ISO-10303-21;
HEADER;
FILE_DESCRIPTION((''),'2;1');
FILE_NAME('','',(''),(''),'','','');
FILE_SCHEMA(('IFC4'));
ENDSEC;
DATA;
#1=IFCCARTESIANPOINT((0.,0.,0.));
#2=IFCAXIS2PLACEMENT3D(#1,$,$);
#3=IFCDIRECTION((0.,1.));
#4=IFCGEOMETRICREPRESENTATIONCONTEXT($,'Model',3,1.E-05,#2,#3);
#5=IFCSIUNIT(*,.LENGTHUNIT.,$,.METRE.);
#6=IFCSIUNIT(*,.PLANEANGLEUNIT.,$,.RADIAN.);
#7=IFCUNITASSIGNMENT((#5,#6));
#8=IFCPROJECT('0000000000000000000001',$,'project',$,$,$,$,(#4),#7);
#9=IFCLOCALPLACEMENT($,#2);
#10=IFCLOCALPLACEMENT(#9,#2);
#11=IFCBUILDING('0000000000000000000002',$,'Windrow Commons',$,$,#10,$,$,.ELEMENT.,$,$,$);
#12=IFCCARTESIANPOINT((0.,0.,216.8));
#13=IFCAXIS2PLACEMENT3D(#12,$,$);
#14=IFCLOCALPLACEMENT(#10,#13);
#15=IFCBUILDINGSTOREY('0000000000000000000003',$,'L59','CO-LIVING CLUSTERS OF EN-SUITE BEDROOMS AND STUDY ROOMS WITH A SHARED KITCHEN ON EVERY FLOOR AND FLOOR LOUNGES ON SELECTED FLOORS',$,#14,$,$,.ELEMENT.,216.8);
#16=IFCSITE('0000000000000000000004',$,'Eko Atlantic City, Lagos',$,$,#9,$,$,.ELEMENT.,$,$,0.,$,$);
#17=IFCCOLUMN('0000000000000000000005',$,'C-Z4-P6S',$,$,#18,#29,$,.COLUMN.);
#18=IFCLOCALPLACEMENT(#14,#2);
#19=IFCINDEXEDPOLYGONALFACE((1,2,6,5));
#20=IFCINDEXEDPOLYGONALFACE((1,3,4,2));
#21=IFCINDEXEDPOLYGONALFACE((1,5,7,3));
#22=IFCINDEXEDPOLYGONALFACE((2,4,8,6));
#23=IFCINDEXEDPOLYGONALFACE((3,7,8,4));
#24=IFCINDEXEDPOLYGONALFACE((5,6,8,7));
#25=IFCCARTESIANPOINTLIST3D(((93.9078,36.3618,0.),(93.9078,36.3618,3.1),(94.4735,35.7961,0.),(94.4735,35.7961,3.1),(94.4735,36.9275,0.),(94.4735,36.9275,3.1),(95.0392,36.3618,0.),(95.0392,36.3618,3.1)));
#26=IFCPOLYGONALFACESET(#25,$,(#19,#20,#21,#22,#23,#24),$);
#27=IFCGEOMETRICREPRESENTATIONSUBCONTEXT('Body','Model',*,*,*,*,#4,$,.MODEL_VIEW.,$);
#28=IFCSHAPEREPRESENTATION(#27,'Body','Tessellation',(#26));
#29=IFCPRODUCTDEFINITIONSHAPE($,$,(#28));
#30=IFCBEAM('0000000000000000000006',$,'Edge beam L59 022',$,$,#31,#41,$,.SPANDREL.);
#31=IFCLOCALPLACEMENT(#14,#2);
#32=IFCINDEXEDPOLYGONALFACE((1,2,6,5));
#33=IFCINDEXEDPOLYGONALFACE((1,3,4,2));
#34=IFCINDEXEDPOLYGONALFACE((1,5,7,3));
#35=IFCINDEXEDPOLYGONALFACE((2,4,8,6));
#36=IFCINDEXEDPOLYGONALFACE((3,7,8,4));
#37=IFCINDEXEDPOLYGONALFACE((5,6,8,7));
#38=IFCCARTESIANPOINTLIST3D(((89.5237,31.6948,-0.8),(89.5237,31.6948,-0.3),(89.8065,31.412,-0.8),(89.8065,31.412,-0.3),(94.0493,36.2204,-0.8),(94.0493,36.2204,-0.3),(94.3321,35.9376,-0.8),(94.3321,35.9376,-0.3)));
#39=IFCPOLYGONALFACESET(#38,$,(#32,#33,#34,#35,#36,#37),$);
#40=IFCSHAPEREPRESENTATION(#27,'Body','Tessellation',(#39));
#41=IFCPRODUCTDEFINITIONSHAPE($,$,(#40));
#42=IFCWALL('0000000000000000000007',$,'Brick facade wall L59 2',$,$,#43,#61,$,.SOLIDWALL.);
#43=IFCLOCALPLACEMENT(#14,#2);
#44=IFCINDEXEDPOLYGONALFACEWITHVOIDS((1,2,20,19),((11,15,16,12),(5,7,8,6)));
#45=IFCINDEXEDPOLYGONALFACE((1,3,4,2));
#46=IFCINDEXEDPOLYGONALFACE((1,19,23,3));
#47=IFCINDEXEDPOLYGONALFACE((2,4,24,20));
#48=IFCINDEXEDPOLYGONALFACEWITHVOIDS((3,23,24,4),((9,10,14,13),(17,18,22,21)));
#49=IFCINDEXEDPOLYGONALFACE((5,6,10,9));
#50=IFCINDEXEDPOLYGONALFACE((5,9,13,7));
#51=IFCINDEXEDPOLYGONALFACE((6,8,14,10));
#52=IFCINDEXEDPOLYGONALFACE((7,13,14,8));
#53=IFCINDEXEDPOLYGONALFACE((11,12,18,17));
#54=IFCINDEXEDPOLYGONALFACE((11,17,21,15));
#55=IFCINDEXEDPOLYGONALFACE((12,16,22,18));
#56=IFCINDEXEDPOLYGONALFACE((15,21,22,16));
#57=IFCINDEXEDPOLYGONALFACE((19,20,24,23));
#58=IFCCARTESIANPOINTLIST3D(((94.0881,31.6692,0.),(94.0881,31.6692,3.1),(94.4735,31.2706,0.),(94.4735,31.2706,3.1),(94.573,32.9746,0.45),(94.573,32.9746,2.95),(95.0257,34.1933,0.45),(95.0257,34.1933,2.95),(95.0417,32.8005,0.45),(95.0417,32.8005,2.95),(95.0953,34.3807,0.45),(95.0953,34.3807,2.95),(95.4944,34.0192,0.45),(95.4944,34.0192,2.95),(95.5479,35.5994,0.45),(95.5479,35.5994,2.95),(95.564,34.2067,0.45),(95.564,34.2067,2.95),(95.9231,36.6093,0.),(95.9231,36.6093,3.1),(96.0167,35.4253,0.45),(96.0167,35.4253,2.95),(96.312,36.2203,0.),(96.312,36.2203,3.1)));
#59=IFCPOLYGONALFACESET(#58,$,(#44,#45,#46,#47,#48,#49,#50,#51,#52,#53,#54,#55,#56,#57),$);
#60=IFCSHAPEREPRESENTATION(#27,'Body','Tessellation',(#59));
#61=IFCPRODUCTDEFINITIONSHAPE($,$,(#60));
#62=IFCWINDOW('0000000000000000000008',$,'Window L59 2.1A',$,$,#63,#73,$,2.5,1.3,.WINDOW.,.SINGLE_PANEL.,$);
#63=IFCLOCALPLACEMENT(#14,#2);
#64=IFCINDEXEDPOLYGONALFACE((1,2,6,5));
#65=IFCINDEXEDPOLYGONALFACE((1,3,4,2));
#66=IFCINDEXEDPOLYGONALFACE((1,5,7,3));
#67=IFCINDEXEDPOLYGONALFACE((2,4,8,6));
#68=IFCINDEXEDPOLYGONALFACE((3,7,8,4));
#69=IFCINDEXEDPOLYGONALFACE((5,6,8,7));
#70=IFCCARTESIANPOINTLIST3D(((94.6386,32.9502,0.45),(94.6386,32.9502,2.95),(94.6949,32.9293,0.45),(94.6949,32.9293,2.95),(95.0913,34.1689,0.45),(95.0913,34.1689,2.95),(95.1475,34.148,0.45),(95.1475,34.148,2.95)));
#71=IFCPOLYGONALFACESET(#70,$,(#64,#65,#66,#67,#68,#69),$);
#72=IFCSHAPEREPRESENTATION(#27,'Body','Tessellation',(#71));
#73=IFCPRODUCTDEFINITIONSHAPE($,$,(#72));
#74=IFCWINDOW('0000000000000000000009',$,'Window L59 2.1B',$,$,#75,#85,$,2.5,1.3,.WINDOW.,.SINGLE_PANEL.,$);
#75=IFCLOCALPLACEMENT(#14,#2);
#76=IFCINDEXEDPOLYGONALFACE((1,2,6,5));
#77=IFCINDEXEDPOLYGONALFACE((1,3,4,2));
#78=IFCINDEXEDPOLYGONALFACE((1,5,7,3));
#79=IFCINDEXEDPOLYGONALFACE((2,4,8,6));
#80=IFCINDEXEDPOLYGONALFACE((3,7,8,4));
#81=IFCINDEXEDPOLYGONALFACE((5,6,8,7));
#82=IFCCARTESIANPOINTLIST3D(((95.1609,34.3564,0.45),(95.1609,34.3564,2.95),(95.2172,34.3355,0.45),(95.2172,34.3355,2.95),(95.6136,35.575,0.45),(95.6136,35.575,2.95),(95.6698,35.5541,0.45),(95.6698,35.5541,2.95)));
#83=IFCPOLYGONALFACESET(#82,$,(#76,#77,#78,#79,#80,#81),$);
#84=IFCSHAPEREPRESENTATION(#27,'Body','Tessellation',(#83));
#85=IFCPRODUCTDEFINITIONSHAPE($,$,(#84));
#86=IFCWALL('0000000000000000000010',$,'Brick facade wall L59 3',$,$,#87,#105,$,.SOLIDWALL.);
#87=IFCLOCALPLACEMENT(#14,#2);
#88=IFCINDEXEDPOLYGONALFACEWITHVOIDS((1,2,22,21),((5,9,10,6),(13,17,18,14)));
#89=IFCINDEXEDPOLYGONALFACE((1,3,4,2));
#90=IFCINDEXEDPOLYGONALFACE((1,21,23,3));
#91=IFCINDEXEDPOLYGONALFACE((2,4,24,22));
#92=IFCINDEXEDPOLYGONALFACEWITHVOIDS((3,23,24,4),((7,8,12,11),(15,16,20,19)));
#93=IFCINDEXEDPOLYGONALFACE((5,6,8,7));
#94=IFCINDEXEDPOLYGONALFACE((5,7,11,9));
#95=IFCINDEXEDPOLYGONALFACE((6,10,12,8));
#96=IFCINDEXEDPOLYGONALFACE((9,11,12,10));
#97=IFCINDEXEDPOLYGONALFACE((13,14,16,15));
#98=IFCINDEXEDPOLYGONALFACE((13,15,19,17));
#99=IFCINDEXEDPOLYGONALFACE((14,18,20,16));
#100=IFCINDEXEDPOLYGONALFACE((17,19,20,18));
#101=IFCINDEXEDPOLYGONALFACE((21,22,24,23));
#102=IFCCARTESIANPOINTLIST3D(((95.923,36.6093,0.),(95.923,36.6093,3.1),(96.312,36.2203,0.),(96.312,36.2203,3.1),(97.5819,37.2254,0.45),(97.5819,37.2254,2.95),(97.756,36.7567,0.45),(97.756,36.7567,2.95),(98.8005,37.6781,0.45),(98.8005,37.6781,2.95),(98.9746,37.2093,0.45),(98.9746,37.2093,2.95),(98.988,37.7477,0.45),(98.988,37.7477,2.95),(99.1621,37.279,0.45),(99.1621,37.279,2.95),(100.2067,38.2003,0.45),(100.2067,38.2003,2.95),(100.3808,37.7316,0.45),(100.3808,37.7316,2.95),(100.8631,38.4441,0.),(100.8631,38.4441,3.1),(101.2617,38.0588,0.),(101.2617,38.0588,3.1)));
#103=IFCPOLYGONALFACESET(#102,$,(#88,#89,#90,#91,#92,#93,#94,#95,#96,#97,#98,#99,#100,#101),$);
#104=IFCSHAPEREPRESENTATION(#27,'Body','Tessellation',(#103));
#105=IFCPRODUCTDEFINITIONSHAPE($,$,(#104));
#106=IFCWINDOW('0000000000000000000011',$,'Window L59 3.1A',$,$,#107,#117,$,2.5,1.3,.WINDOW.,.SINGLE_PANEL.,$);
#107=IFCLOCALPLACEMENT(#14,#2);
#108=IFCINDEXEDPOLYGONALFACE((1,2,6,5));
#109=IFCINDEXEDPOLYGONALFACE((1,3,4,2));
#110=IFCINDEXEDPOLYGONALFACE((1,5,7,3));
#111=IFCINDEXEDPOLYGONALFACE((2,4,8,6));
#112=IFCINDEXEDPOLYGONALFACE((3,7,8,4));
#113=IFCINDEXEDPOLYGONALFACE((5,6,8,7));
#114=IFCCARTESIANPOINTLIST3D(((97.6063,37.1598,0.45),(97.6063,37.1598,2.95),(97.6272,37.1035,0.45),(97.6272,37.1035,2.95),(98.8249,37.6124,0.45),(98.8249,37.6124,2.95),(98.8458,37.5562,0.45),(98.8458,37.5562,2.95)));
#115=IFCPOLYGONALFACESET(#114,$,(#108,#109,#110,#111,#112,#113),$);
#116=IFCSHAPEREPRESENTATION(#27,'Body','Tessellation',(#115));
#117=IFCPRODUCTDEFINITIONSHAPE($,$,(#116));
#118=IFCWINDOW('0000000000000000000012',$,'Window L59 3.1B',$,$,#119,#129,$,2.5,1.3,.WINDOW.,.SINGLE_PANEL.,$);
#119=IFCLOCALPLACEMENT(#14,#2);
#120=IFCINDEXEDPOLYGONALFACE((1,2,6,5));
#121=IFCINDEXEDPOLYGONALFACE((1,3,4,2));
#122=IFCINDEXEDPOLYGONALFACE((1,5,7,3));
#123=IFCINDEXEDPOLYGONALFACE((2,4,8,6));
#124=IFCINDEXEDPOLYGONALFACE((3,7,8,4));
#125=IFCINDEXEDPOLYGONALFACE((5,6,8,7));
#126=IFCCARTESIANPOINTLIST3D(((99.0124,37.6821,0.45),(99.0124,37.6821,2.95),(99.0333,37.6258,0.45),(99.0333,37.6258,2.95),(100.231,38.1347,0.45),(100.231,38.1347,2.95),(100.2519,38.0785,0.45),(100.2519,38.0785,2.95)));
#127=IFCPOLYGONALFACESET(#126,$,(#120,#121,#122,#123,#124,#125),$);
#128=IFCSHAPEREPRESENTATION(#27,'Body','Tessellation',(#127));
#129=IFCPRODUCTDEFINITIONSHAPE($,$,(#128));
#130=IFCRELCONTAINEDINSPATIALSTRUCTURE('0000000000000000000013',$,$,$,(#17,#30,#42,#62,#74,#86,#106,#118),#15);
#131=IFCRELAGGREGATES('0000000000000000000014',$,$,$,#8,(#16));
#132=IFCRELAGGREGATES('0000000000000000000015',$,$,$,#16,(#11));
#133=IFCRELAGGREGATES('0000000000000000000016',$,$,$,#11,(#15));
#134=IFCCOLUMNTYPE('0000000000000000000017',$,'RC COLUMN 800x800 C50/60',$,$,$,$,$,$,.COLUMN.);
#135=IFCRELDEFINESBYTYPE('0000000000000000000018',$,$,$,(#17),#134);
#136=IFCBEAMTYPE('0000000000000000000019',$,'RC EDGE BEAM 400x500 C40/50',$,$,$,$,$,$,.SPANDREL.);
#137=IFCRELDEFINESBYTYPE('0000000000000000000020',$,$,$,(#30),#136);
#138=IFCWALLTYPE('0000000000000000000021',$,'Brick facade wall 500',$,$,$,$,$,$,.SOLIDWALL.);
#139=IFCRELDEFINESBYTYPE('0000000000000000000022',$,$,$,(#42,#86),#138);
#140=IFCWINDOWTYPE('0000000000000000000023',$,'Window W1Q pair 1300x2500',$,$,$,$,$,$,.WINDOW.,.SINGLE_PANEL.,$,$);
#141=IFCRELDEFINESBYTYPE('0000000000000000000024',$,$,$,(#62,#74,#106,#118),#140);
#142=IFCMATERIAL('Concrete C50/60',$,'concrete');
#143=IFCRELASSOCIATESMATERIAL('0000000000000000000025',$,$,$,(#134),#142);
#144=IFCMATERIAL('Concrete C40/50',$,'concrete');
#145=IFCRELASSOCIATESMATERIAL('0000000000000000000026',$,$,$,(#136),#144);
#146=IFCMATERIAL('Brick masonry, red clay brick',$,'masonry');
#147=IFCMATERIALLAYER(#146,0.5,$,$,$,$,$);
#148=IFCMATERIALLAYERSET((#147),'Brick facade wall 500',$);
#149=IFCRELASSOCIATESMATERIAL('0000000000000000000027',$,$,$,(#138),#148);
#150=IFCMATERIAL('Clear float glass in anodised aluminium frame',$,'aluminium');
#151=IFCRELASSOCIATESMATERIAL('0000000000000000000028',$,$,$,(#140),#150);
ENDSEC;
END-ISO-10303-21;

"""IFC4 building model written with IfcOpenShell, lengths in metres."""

from ifc_helpers import new_model, si_unit, direction, frame, frame_2d, origin, origin_2d, place, context, subcontext, project, spatial, polyline, rectangle, outline, extrude, material, layer, layer_set, material_profile, profile_set, type_object, element, fill, save


model = new_model("IFC4")

# Units and contexts
model_context = context("Model", 3, precision=1e-05, world=origin(), true_north=direction((0.0, 1.0)))
body_context = subcontext(model_context, "Body", "Model", "MODEL_VIEW")
ifc_project = project(units=[si_unit("LENGTHUNIT", "METRE"), si_unit("PLANEANGLEUNIT", "RADIAN")], contexts=[model_context])

# Site, building, storey
site_placement = place(None, origin())
site = spatial("IfcSite", under=ifc_project, at=site_placement, Name="Eko Atlantic City, Lagos", CompositionType="ELEMENT", RefElevation=0.0)
building_placement = place(site_placement, origin())
building = spatial("IfcBuilding", under=site, at=building_placement, Name="Windrow Commons", CompositionType="ELEMENT")
storey_placement = place(building_placement, frame((0.0, 0.0, 216.8)))
storey = spatial("IfcBuildingStorey", under=building, at=storey_placement, Name="L59", Description="CO-LIVING CLUSTERS OF EN-SUITE BEDROOMS AND STUDY ROOMS WITH A SHARED KITCHEN ON EVERY FLOOR AND FLOOR LOUNGES ON SELECTED FLOORS", CompositionType="ELEMENT", Elevation=216.8)

# Column
ifc_material_1 = material(Name="Concrete C50/60", Category="concrete")
ifc_material_profile_1 = material_profile(ifc_material_1, rectangle(XDim=0.8, YDim=0.8, at=origin_2d()))
ifc_profile_set_1 = profile_set([ifc_material_profile_1], Name="Concrete C50/60")
column_type = type_object("IfcColumnType", Name="RC COLUMN 800x800 C50/60", PredefinedType="COLUMN", material=ifc_profile_set_1)
column_placement = place(storey_placement, frame((94.4735, 36.3618, 0.0), z_axis=(0.0, 0.0, 1.0), x_axis=(0.707107, -0.707107, 0.0)))
element("IfcColumn", 1, at=column_placement, inside=storey, type_object=column_type, Name="C-Z4-P6S", PredefinedType="COLUMN", context=body_context, shape_type="SweptSolid", body=[
    extrude(rectangle(XDim=0.8, YDim=0.8, at=origin_2d()), origin(), (0.0, 0.0, 1.0), 3.1),
])

# Beam
ifc_material_2 = material(Name="Concrete C40/50", Category="concrete")
ifc_material_profile_2 = material_profile(ifc_material_2, rectangle(XDim=0.4, YDim=0.5, at=origin_2d()))
ifc_profile_set_2 = profile_set([ifc_material_profile_2], Name="Concrete C40/50")
beam_type = type_object("IfcBeamType", Name="RC EDGE BEAM 400x500 C40/50", PredefinedType="SPANDREL", material=ifc_profile_set_2)
beam_placement = place(storey_placement, frame((94.1907, 36.079, -0.55), z_axis=(-0.707107, -0.707107, 0.0), x_axis=(0.707107, -0.707107, 0.0)))
element("IfcBeam", 2, at=beam_placement, inside=storey, type_object=beam_type, Name="Edge beam L59 022", PredefinedType="SPANDREL", context=body_context, shape_type="SweptSolid", body=[
    extrude(rectangle(XDim=0.4, YDim=0.5, at=origin_2d()), origin(), (0.0, 0.0, 1.0), 6.4002),
])

# Walls, openings, windows
ifc_material_3 = material(Name="Brick masonry, red clay brick", Category="masonry")
ifc_layer_1 = layer(ifc_material_3, 0.5)
ifc_layer_set_1 = layer_set([ifc_layer_1], Name="Brick facade wall 500")
wall_type_1 = type_object("IfcWallType", Name="Brick facade wall 500", PredefinedType="SOLIDWALL", material=ifc_layer_set_1)
wall_1_placement = place(storey_placement, frame((94.2808, 31.4699, 0.0), z_axis=(0.0, 0.0, 1.0), x_axis=(0.34819, 0.937424, 0.0)))
wall_1 = element("IfcWall", 3, at=wall_1_placement, inside=storey, type_object=wall_type_1, Name="Brick facade wall L59 2", PredefinedType="SOLIDWALL", context=body_context, shape_type="SweptSolid", body=[
    extrude(outline(polyline([(-0.1197, -0.25), (5.1604, -0.25), (5.3896, 0.25), (0.1197, 0.25), (-0.1197, -0.25)])), origin(), (0.0, 0.0, 1.0), 3.1),
])
opening_1_placement = place(wall_1_placement, frame((1.5123, 0.0, 0.45)))
opening_1 = element("IfcOpeningElement", 4, at=opening_1_placement, cuts=wall_1, PredefinedType="OPENING", context=body_context, shape_type="SweptSolid", body=[
    extrude(rectangle(XDim=1.3, YDim=2.5, at=frame_2d((0.65, 1.25))), frame((0.0, 0.26, 0.0), z_axis=(0.0, -1.0, 0.0), x_axis=(1.0, 0.0, 0.0)), (0.0, 0.0, 1.0), 0.52),
])
opening_2_placement = place(wall_1_placement, frame((3.0123, 0.0, 0.45)))
opening_2 = element("IfcOpeningElement", 5, at=opening_2_placement, cuts=wall_1, PredefinedType="OPENING", context=body_context, shape_type="SweptSolid", body=[
    extrude(rectangle(XDim=1.3, YDim=2.5, at=frame_2d((0.65, 1.25))), frame((0.0, 0.26, 0.0), z_axis=(0.0, -1.0, 0.0), x_axis=(1.0, 0.0, 0.0)), (0.0, 0.0, 1.0), 0.52),
])
ifc_material_4 = material(Name="Clear float glass in anodised aluminium frame", Category="aluminium")
window_type = type_object("IfcWindowType", Name="Window W1Q pair 1300x2500", PartitioningType="SINGLE_PANEL", PredefinedType="WINDOW", material=ifc_material_4)
window_1_placement = place(opening_1_placement, origin())
window_1 = element("IfcWindow", 6, at=window_1_placement, inside=storey, type_object=window_type, Name="Window L59 2.1A", OverallHeight=2.5, OverallWidth=1.3, PartitioningType="SINGLE_PANEL", PredefinedType="WINDOW", context=body_context, shape_type="SweptSolid", body=[
    extrude(rectangle(XDim=1.3, YDim=2.5, at=frame_2d((0.65, 1.25))), frame((0.0, 0.18, 0.0), z_axis=(0.0, -1.0, 0.0), x_axis=(1.0, 0.0, 0.0)), (0.0, 0.0, 1.0), 0.06),
])
fill(opening_1, window_1)
window_2_placement = place(opening_2_placement, origin())
window_2 = element("IfcWindow", 7, at=window_2_placement, inside=storey, type_object=window_type, Name="Window L59 2.1B", OverallHeight=2.5, OverallWidth=1.3, PartitioningType="SINGLE_PANEL", PredefinedType="WINDOW", context=body_context, shape_type="SweptSolid", body=[
    extrude(rectangle(XDim=1.3, YDim=2.5, at=frame_2d((0.65, 1.25))), frame((0.0, 0.18, 0.0), z_axis=(0.0, -1.0, 0.0), x_axis=(1.0, 0.0, 0.0)), (0.0, 0.0, 1.0), 0.06),
])
fill(opening_2, window_2)
wall_2_placement = place(storey_placement, frame((96.1175, 36.4148, 0.0), z_axis=(0.0, 0.0, 1.0), x_axis=(0.937424, 0.34819, 0.0)))
wall_2 = element("IfcWall", 8, at=wall_2_placement, inside=storey, type_object=wall_type_1, Name="Brick facade wall L59 3", PredefinedType="SOLIDWALL", context=body_context, shape_type="SweptSolid", body=[
    extrude(outline(polyline([(0.1146, -0.25), (5.3947, -0.25), (5.1552, 0.25), (-0.1146, 0.25), (0.1146, -0.25)])), origin(), (0.0, 0.0, 1.0), 3.1),
])
opening_3_placement = place(wall_2_placement, frame((1.655, 0.0, 0.45)))
opening_3 = element("IfcOpeningElement", 9, at=opening_3_placement, cuts=wall_2, PredefinedType="OPENING", context=body_context, shape_type="SweptSolid", body=[
    extrude(rectangle(XDim=1.3, YDim=2.5, at=frame_2d((0.65, 1.25))), frame((0.0, 0.26, 0.0), z_axis=(0.0, -1.0, 0.0), x_axis=(1.0, 0.0, 0.0)), (0.0, 0.0, 1.0), 0.52),
])
opening_4_placement = place(wall_2_placement, frame((3.155, 0.0, 0.45)))
opening_4 = element("IfcOpeningElement", 10, at=opening_4_placement, cuts=wall_2, PredefinedType="OPENING", context=body_context, shape_type="SweptSolid", body=[
    extrude(rectangle(XDim=1.3, YDim=2.5, at=frame_2d((0.65, 1.25))), frame((0.0, 0.26, 0.0), z_axis=(0.0, -1.0, 0.0), x_axis=(1.0, 0.0, 0.0)), (0.0, 0.0, 1.0), 0.52),
])
window_3_placement = place(opening_3_placement, origin())
window_3 = element("IfcWindow", 11, at=window_3_placement, inside=storey, type_object=window_type, Name="Window L59 3.1A", OverallHeight=2.5, OverallWidth=1.3, PartitioningType="SINGLE_PANEL", PredefinedType="WINDOW", context=body_context, shape_type="SweptSolid", body=[
    extrude(rectangle(XDim=1.3, YDim=2.5, at=frame_2d((0.65, 1.25))), frame((0.0, 0.18, 0.0), z_axis=(0.0, -1.0, 0.0), x_axis=(1.0, 0.0, 0.0)), (0.0, 0.0, 1.0), 0.06),
])
fill(opening_3, window_3)
window_4_placement = place(opening_4_placement, origin())
window_4 = element("IfcWindow", 12, at=window_4_placement, inside=storey, type_object=window_type, Name="Window L59 3.1B", OverallHeight=2.5, OverallWidth=1.3, PartitioningType="SINGLE_PANEL", PredefinedType="WINDOW", context=body_context, shape_type="SweptSolid", body=[
    extrude(rectangle(XDim=1.3, YDim=2.5, at=frame_2d((0.65, 1.25))), frame((0.0, 0.18, 0.0), z_axis=(0.0, -1.0, 0.0), x_axis=(1.0, 0.0, 0.0)), (0.0, 0.0, 1.0), 0.06),
])
fill(opening_4, window_4)

save(model, "model.ifc")
